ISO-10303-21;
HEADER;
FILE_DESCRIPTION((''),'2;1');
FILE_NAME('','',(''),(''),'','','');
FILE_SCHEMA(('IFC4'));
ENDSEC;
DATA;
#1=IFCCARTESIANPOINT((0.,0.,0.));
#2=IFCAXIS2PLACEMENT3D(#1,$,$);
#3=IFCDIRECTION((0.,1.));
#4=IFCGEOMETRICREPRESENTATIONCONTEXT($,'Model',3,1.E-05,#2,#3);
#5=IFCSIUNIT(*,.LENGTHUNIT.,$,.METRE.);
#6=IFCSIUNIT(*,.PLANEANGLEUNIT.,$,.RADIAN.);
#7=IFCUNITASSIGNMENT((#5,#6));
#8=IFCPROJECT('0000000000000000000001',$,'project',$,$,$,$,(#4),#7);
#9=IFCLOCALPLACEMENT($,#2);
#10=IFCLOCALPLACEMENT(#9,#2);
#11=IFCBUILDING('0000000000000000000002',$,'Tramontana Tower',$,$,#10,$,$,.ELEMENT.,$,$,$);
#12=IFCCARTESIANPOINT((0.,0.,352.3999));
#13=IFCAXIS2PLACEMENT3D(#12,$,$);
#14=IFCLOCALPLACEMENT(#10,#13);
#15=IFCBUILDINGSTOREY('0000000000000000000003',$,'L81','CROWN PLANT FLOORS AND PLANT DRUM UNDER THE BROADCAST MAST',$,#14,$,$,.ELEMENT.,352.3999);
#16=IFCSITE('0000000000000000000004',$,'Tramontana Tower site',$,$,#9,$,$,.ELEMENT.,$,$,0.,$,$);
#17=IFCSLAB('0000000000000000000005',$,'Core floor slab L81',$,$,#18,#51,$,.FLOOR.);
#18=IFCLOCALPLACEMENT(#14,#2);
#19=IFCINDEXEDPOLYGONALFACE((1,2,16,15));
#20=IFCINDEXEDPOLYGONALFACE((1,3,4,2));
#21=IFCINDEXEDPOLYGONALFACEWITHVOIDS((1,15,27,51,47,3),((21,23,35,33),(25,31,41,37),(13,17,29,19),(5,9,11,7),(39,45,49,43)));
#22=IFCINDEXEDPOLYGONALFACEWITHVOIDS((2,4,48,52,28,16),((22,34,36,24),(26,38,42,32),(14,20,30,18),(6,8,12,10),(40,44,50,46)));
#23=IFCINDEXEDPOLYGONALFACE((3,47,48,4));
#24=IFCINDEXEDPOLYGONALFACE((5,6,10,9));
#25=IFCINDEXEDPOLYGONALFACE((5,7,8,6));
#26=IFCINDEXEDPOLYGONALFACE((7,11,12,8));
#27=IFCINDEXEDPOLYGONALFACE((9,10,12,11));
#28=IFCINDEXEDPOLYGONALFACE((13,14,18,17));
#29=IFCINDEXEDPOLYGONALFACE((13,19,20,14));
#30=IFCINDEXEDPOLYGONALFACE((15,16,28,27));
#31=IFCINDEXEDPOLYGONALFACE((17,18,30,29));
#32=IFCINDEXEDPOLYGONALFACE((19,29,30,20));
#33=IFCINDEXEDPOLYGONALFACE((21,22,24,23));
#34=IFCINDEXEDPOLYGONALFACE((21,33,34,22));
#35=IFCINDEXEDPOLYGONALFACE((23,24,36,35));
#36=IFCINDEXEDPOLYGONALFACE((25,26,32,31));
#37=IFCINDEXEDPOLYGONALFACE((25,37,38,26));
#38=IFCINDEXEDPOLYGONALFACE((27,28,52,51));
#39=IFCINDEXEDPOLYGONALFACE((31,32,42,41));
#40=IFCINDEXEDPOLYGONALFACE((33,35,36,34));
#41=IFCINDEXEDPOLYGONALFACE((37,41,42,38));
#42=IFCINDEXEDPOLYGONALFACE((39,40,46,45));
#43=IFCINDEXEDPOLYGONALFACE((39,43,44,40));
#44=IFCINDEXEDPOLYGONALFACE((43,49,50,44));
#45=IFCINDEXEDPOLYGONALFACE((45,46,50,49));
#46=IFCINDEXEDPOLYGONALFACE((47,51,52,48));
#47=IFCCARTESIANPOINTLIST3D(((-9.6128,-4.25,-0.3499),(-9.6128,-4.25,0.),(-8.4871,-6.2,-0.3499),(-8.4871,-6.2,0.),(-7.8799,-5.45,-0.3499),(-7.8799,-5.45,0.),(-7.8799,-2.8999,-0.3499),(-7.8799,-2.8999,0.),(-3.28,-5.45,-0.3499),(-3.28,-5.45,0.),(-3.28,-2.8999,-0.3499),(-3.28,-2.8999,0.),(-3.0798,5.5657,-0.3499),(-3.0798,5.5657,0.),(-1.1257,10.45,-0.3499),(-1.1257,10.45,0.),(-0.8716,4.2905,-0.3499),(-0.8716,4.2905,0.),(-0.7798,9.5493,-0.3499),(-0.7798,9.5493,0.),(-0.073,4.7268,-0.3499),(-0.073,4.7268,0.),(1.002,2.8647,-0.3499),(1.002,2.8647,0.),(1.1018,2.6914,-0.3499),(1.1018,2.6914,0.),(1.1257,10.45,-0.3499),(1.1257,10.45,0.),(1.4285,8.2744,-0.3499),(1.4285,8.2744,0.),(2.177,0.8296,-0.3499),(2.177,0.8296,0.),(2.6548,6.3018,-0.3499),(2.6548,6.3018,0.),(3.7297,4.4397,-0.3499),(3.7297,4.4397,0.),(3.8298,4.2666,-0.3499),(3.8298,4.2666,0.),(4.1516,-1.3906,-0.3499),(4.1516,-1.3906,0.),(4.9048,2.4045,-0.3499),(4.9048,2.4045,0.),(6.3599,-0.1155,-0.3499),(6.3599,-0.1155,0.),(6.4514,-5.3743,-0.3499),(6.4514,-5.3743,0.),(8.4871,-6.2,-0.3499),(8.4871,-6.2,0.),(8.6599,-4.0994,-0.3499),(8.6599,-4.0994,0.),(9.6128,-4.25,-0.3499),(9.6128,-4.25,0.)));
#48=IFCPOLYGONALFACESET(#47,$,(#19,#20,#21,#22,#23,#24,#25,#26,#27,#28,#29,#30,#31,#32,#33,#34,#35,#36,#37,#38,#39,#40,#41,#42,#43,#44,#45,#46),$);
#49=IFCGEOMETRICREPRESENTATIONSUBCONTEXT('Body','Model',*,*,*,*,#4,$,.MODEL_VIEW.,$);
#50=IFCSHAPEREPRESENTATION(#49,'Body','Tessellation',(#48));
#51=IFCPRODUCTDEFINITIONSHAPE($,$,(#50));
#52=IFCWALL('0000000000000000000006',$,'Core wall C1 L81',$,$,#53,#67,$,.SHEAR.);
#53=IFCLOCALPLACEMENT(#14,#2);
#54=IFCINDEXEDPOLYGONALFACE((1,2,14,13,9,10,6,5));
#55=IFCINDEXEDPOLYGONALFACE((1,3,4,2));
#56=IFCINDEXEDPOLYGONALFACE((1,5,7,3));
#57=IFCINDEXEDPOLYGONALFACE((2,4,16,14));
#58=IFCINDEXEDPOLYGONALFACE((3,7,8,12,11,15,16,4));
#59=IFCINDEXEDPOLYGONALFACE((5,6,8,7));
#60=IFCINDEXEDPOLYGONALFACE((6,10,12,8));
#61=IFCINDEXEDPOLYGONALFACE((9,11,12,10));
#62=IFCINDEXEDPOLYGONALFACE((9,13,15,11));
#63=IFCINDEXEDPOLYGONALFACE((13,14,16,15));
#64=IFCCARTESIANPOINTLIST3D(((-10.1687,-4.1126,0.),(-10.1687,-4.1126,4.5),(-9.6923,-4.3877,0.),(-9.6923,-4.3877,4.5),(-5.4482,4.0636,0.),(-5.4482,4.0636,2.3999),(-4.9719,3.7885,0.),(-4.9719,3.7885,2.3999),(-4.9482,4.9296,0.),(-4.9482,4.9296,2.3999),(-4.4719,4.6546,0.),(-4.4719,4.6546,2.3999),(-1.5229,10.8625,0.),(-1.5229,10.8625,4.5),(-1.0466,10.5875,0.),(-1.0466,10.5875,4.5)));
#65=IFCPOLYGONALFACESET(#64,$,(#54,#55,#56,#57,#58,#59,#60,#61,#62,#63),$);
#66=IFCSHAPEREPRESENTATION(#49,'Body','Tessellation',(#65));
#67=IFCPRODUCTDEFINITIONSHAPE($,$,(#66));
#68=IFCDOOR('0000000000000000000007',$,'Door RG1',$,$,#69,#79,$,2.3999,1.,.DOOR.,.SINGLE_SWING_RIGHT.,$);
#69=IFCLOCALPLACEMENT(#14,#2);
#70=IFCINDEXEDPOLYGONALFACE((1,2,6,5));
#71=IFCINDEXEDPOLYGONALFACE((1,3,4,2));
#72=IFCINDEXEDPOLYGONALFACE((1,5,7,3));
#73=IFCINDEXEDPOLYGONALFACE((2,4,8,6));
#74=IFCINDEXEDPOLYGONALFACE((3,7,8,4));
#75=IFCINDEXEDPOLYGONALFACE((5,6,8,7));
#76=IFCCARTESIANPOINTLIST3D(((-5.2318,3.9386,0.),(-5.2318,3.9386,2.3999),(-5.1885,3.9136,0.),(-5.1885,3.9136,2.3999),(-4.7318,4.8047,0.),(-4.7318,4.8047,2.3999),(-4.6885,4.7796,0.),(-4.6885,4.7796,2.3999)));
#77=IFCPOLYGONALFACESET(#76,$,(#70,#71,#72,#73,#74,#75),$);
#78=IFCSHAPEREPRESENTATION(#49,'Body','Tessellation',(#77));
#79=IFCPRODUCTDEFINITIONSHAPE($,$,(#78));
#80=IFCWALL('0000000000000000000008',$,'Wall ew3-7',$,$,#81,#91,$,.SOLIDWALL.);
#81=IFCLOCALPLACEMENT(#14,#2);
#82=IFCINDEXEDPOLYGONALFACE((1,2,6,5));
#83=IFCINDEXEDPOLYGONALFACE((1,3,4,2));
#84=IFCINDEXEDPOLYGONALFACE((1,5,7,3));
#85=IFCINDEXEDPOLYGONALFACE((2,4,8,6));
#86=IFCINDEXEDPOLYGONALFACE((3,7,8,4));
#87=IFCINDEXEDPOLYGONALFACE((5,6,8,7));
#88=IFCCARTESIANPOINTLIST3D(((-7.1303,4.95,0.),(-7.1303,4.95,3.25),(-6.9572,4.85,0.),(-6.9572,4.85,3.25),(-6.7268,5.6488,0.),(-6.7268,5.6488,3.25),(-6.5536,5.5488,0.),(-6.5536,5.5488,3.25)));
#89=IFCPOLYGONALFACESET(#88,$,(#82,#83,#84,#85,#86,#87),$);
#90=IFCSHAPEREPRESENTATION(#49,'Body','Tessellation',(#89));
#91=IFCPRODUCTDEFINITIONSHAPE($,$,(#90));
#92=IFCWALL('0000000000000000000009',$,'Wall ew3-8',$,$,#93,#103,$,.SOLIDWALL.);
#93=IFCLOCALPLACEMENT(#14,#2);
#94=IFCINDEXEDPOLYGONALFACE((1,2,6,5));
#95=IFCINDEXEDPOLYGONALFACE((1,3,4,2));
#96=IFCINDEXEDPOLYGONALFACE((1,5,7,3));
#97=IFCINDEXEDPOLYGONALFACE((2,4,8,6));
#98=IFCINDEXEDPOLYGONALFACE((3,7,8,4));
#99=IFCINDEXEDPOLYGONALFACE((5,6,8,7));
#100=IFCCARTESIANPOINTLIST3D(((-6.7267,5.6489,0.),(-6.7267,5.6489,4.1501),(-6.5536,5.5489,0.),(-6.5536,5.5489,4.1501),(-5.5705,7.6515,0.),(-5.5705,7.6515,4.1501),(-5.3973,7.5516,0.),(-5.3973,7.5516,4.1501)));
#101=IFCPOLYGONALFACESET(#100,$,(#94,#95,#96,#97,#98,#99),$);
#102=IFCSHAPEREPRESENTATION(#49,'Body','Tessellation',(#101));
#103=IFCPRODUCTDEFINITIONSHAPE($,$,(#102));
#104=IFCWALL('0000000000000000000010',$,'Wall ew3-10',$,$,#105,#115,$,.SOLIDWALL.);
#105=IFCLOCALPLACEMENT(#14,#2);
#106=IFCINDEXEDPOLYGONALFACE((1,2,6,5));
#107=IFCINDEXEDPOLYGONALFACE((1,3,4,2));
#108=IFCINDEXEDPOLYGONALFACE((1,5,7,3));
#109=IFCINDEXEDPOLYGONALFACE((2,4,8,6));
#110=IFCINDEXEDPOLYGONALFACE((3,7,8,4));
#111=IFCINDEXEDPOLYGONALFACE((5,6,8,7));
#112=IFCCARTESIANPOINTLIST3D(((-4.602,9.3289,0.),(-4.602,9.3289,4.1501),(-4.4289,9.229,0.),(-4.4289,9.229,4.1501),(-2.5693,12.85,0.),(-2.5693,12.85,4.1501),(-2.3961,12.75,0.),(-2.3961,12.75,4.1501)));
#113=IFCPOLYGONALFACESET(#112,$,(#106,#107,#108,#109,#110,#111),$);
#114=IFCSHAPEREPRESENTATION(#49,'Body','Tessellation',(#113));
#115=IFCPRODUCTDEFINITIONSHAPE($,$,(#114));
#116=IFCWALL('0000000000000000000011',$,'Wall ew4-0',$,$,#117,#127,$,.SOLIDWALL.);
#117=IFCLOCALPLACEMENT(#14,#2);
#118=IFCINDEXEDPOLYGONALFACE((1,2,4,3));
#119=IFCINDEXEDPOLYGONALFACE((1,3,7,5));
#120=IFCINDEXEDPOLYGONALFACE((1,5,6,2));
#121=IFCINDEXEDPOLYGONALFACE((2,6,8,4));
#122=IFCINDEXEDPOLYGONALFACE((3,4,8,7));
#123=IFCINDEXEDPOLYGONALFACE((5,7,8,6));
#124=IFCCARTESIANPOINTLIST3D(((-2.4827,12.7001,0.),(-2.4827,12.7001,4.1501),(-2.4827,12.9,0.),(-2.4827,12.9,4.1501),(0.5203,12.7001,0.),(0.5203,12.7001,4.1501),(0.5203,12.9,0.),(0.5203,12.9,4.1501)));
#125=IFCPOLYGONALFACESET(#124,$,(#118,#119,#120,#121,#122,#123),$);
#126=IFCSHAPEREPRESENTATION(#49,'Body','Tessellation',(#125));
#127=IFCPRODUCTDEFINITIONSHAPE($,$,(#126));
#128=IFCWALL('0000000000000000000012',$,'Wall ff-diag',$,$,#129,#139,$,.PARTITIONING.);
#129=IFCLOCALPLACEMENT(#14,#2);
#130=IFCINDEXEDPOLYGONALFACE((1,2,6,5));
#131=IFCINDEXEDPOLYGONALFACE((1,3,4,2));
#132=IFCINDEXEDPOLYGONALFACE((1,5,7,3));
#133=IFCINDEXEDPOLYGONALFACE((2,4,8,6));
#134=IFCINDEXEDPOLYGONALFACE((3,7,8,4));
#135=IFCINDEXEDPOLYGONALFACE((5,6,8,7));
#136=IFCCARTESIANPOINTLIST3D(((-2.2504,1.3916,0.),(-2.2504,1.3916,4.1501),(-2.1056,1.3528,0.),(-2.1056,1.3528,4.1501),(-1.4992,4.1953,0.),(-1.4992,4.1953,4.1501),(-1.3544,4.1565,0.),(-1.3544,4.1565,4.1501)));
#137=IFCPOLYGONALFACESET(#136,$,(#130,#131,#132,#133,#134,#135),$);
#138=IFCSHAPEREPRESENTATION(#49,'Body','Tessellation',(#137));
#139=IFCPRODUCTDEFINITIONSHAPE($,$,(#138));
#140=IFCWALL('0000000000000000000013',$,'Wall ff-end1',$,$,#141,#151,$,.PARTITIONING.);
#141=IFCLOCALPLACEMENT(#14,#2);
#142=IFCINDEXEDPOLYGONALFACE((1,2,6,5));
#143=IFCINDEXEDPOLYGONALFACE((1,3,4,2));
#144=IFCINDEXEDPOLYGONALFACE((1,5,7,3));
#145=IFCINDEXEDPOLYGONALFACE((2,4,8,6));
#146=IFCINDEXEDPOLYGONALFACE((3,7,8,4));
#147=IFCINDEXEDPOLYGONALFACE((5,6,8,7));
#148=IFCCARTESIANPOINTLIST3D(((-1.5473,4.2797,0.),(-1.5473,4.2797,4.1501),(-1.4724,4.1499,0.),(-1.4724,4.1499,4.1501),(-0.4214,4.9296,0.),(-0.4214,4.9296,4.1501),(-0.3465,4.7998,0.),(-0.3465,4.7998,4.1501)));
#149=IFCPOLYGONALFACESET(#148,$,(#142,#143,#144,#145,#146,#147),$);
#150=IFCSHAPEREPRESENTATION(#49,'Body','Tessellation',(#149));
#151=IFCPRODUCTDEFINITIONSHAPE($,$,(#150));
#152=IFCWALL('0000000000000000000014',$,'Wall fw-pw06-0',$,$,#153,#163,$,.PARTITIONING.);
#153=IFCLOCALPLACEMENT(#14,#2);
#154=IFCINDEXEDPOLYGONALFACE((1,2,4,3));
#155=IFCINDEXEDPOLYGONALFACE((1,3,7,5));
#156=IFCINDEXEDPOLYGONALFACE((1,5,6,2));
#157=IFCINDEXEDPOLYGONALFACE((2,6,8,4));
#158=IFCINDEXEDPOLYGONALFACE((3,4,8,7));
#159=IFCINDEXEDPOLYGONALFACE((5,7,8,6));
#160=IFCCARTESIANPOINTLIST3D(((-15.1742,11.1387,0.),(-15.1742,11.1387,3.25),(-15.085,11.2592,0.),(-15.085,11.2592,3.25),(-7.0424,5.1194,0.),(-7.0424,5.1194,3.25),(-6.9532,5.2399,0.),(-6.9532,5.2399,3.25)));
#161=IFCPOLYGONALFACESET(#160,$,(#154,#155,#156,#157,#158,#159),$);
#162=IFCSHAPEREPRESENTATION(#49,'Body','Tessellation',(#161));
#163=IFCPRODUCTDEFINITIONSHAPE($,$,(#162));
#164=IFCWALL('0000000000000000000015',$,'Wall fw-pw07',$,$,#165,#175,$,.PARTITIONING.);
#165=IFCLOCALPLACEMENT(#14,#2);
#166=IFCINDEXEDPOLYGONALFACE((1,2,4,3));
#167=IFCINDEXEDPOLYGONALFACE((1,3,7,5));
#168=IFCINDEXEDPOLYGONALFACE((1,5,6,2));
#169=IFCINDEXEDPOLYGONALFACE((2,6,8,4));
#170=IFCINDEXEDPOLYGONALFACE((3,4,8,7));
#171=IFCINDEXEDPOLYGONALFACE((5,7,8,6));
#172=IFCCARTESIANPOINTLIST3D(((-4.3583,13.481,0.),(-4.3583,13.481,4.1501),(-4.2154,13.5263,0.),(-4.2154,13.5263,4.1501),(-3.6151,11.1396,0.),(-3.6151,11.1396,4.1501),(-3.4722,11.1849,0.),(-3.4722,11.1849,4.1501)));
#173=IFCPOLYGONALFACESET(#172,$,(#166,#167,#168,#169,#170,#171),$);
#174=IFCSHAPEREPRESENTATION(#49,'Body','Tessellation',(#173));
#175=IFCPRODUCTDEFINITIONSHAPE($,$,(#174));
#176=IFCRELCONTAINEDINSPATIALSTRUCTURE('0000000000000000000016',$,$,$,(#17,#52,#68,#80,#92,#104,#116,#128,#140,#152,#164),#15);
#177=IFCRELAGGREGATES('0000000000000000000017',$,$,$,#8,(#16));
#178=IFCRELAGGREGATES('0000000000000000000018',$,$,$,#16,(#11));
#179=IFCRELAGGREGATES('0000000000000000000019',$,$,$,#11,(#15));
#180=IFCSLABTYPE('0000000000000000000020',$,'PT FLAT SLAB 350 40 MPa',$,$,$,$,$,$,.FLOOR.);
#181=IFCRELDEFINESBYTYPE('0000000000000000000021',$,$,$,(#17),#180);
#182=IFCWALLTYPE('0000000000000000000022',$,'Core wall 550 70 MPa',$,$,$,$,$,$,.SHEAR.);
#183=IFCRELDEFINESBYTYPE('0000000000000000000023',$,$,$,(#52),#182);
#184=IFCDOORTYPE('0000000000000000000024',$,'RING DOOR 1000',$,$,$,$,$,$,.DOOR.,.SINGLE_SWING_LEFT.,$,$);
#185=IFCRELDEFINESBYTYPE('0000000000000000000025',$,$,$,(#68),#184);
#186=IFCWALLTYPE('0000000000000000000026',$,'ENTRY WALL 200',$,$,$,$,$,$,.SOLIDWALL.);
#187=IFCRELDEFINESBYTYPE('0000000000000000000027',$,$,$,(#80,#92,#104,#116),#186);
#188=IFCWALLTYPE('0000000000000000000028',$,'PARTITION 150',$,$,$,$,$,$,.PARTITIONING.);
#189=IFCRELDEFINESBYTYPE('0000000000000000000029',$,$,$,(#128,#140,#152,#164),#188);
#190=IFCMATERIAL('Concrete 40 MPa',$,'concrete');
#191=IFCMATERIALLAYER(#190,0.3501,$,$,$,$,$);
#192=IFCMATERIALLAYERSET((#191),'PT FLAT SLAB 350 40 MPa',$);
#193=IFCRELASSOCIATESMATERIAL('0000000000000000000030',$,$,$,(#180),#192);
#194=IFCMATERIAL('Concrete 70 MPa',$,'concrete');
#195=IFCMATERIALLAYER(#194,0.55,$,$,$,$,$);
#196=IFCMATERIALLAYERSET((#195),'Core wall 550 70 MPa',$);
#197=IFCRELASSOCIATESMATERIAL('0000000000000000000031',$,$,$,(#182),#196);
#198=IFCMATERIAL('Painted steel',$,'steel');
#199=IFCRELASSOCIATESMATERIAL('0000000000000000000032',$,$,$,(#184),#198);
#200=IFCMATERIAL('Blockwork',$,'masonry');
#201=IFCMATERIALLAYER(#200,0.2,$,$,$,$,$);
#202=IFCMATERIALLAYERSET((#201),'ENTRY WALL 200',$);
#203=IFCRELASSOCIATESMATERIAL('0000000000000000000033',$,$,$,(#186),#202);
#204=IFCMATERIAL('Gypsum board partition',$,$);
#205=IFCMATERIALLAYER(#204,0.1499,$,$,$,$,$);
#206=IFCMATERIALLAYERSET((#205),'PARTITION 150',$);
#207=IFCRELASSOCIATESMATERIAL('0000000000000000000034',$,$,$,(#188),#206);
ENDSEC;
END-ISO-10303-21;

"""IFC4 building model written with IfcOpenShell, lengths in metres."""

from ifc_helpers import new_model, si_unit, direction, frame, frame_2d, origin, place, context, subcontext, project, spatial, polyline, rectangle, outline, extrude, material, layer, layer_set, type_object, element, fill, save


model = new_model("IFC4")

# Units and contexts
model_context = context("Model", 3, precision=1e-05, world=origin(), true_north=direction((0.0, 1.0)))
body_context = subcontext(model_context, "Body", "Model", "MODEL_VIEW")
ifc_project = project(units=[si_unit("LENGTHUNIT", "METRE"), si_unit("PLANEANGLEUNIT", "RADIAN")], contexts=[model_context])

# Site, building, storey
site_placement = place(None, origin())
site = spatial("IfcSite", under=ifc_project, at=site_placement, Name="Tramontana Tower site", CompositionType="ELEMENT", RefElevation=0.0)
building_placement = place(site_placement, origin())
building = spatial("IfcBuilding", under=site, at=building_placement, Name="Tramontana Tower", CompositionType="ELEMENT")
storey_placement = place(building_placement, frame((0.0, 0.0, 352.3999)))
storey = spatial("IfcBuildingStorey", under=building, at=storey_placement, Name="L81", Description="CROWN PLANT FLOORS AND PLANT DRUM UNDER THE BROADCAST MAST", CompositionType="ELEMENT", Elevation=352.3999)

# Slab
ifc_material_1 = material(Name="Concrete 40 MPa", Category="concrete")
ifc_layer_1 = layer(ifc_material_1, 0.3501)
ifc_layer_set_1 = layer_set([ifc_layer_1], Name="PT FLAT SLAB 350 40 MPa")
slab_type = type_object("IfcSlabType", Name="PT FLAT SLAB 350 40 MPa", PredefinedType="FLOOR", material=ifc_layer_set_1)
slab_placement = place(storey_placement, frame((0.0, 0.0, -0.3499)))
element("IfcSlab", 1, at=slab_placement, inside=storey, type_object=slab_type, Name="Core floor slab L81", PredefinedType="FLOOR", context=body_context, shape_type="SweptSolid", body=[
    extrude(outline(polyline([(9.6128, -4.25), (8.4871, -6.2), (-8.4871, -6.2), (-9.6128, -4.25), (-1.1257, 10.45), (1.1257, 10.45), (9.6128, -4.25)]), holes=[polyline([(6.3599, -0.1155), (4.1516, -1.3906), (6.4514, -5.3743), (8.6599, -4.0994), (6.3599, -0.1155)]), polyline([(1.1018, 2.6914), (2.177, 0.8296), (4.9048, 2.4045), (3.8298, 4.2666), (1.1018, 2.6914)]), polyline([(2.6548, 6.3018), (-0.073, 4.7268), (1.002, 2.8647), (3.7297, 4.4397), (2.6548, 6.3018)]), polyline([(-0.7798, 9.5493), (-3.0798, 5.5657), (-0.8716, 4.2905), (1.4285, 8.2744), (-0.7798, 9.5493)]), polyline([(-3.28, -5.45), (-3.28, -2.8999), (-7.8799, -2.8999), (-7.8799, -5.45), (-3.28, -5.45)])]), origin(), (0.0, 0.0, 1.0), 0.3499),
])

# Wall, opening, door
ifc_material_2 = material(Name="Concrete 70 MPa", Category="concrete")
ifc_layer_2 = layer(ifc_material_2, 0.55)
ifc_layer_set_2 = layer_set([ifc_layer_2], Name="Core wall 550 70 MPa")
wall_type_1 = type_object("IfcWallType", Name="Core wall 550 70 MPa", PredefinedType="SHEAR", material=ifc_layer_set_2)
wall_1_placement = place(storey_placement, frame((-1.2847, 10.7251, 0.0), z_axis=(0.0, 0.0, 1.0), x_axis=(-0.499995, -0.866029, 0.0)))
wall_1 = element("IfcWall", 2, at=wall_1_placement, inside=storey, type_object=wall_type_1, Name="Core wall C1 L81", PredefinedType="SHEAR", context=body_context, shape_type="SweptSolid", body=[
    extrude(rectangle(XDim=17.2917, YDim=0.55, at=frame_2d((8.646, 0.0))), origin(), (0.0, 0.0, 1.0), 4.5),
])
opening_1_placement = place(wall_1_placement, frame((6.8508, 0.0, 0.0)))
opening_1 = element("IfcOpeningElement", 3, at=opening_1_placement, cuts=wall_1, PredefinedType="OPENING", context=body_context, shape_type="SweptSolid", body=[
    extrude(rectangle(XDim=1.0, YDim=2.3999, at=frame_2d((0.5, 1.2))), frame((0.0, 0.2849, 0.0), z_axis=(0.0, -1.0, 0.0), x_axis=(1.0, 0.0, 0.0)), (0.0, 0.0, 1.0), 0.5701),
])
ifc_material_3 = material(Name="Painted steel", Category="steel")
door_type_1 = type_object("IfcDoorType", Name="RING DOOR 1000", OperationType="SINGLE_SWING_LEFT", PredefinedType="DOOR", material=ifc_material_3)
door_1_placement = place(opening_1_placement, origin())
door_1 = element("IfcDoor", 4, at=door_1_placement, inside=storey, type_object=door_type_1, Name="Door RG1", OperationType="SINGLE_SWING_RIGHT", OverallHeight=2.3999, OverallWidth=1.0, PredefinedType="DOOR", context=body_context, shape_type="SweptSolid", body=[
    extrude(rectangle(XDim=1.0, YDim=2.3999, at=frame_2d((0.5, 1.2))), frame((0.0, 0.0249, 0.0), z_axis=(0.0, -1.0, 0.0), x_axis=(1.0, 0.0, 0.0)), (0.0, 0.0, 1.0), 0.05),
])
fill(opening_1, door_1)

# Walls
ifc_material_4 = material(Name="Blockwork", Category="masonry")
ifc_layer_3 = layer(ifc_material_4, 0.2)
ifc_layer_set_3 = layer_set([ifc_layer_3], Name="ENTRY WALL 200")
wall_type_2 = type_object("IfcWallType", Name="ENTRY WALL 200", PredefinedType="SOLIDWALL", material=ifc_layer_set_3)
wall_2_placement = place(storey_placement, frame((-7.0437, 4.9001, 0.0), z_axis=(0.0, 0.0, 1.0), x_axis=(0.500141, 0.865944, 0.0)))
element("IfcWall", 5, at=wall_2_placement, inside=storey, type_object=wall_type_2, Name="Wall ew3-7", PredefinedType="SOLIDWALL", context=body_context, shape_type="SweptSolid", body=[
    extrude(rectangle(XDim=0.8069, YDim=0.2, at=frame_2d((0.4033, 0.0))), origin(), (0.0, 0.0, 1.0), 3.25),
])
wall_3_placement = place(storey_placement, frame((-6.6401, 5.5989, 0.0), z_axis=(0.0, 0.0, 1.0), x_axis=(0.5, 0.866026, 0.0)))
element("IfcWall", 6, at=wall_3_placement, inside=storey, type_object=wall_type_2, Name="Wall ew3-8", PredefinedType="SOLIDWALL", context=body_context, shape_type="SweptSolid", body=[
    extrude(rectangle(XDim=2.3125, YDim=0.2, at=frame_2d((1.1562, 0.0))), origin(), (0.0, 0.0, 1.0), 4.1501),
])

# Walls
wall_4_placement = place(storey_placement, frame((-4.5154, 9.2791, 0.0), z_axis=(0.0, 0.0, 1.0), x_axis=(0.499975, 0.86604, 0.0)))
element("IfcWall", 7, at=wall_4_placement, inside=storey, type_object=wall_type_2, Name="Wall ew3-10", PredefinedType="SOLIDWALL", context=body_context, shape_type="SweptSolid", body=[
    extrude(rectangle(XDim=4.0657, YDim=0.2, at=frame_2d((2.0327, 0.0))), origin(), (0.0, 0.0, 1.0), 4.1501),
])
wall_5_placement = place(storey_placement, frame((-2.4827, 12.8, 0.0), z_axis=(0.0, 0.0, 1.0), x_axis=(1.0, 0.0, 0.0)))
element("IfcWall", 8, at=wall_5_placement, inside=storey, type_object=wall_type_2, Name="Wall ew4-0", PredefinedType="SOLIDWALL", context=body_context, shape_type="SweptSolid", body=[
    extrude(rectangle(XDim=3.0029, YDim=0.2, at=frame_2d((1.5015, 0.0))), origin(), (0.0, 0.0, 1.0), 4.1501),
])
ifc_material_5 = material(Name="Gypsum board partition")
ifc_layer_4 = layer(ifc_material_5, 0.1499)
ifc_layer_set_4 = layer_set([ifc_layer_4], Name="PARTITION 150")
wall_type_3 = type_object("IfcWallType", Name="PARTITION 150", PredefinedType="PARTITIONING", material=ifc_layer_set_4)
wall_6_placement = place(storey_placement, frame((-2.178, 1.3723, 0.0), z_axis=(0.0, 0.0, 1.0), x_axis=(0.258809, 0.965929, 0.0)))
element("IfcWall", 9, at=wall_6_placement, inside=storey, type_object=wall_type_3, Name="Wall ff-diag", PredefinedType="PARTITIONING", context=body_context, shape_type="SweptSolid", body=[
    extrude(rectangle(XDim=2.9026, YDim=0.1499, at=frame_2d((1.4512, 0.0))), origin(), (0.0, 0.0, 1.0), 4.1501),
])
wall_7_placement = place(storey_placement, frame((-1.5098, 4.2148, 0.0), z_axis=(0.0, 0.0, 1.0), x_axis=(0.866086, 0.499896, 0.0)))
element("IfcWall", 10, at=wall_7_placement, inside=storey, type_object=wall_type_3, Name="Wall ff-end1", PredefinedType="PARTITIONING", context=body_context, shape_type="SweptSolid", body=[
    extrude(rectangle(XDim=1.3, YDim=0.1499, at=frame_2d((0.6499, 0.0))), origin(), (0.0, 0.0, 1.0), 4.1501),
])
wall_8_placement = place(storey_placement, frame((-6.9978, 5.1797, 0.0), z_axis=(0.0, 0.0, 1.0), x_axis=(-0.80376, 0.594953, 0.0)))
element("IfcWall", 11, at=wall_8_placement, inside=storey, type_object=wall_type_3, Name="Wall fw-pw06-0", PredefinedType="PARTITIONING", context=body_context, shape_type="SweptSolid", body=[
    extrude(rectangle(XDim=10.1172, YDim=0.1499, at=frame_2d((5.0586, 0.0))), origin(), (0.0, 0.0, 1.0), 3.25),
])
wall_9_placement = place(storey_placement, frame((-4.2869, 13.5037, 0.0), z_axis=(0.0, 0.0, 1.0), x_axis=(0.302539, -0.953137, 0.0)))
element("IfcWall", 12, at=wall_9_placement, inside=storey, type_object=wall_type_3, Name="Wall fw-pw07", PredefinedType="PARTITIONING", context=body_context, shape_type="SweptSolid", body=[
    extrude(rectangle(XDim=2.4565, YDim=0.1499, at=frame_2d((1.2283, 0.0))), origin(), (0.0, 0.0, 1.0), 4.1501),
])

save(model, "model.ifc")
